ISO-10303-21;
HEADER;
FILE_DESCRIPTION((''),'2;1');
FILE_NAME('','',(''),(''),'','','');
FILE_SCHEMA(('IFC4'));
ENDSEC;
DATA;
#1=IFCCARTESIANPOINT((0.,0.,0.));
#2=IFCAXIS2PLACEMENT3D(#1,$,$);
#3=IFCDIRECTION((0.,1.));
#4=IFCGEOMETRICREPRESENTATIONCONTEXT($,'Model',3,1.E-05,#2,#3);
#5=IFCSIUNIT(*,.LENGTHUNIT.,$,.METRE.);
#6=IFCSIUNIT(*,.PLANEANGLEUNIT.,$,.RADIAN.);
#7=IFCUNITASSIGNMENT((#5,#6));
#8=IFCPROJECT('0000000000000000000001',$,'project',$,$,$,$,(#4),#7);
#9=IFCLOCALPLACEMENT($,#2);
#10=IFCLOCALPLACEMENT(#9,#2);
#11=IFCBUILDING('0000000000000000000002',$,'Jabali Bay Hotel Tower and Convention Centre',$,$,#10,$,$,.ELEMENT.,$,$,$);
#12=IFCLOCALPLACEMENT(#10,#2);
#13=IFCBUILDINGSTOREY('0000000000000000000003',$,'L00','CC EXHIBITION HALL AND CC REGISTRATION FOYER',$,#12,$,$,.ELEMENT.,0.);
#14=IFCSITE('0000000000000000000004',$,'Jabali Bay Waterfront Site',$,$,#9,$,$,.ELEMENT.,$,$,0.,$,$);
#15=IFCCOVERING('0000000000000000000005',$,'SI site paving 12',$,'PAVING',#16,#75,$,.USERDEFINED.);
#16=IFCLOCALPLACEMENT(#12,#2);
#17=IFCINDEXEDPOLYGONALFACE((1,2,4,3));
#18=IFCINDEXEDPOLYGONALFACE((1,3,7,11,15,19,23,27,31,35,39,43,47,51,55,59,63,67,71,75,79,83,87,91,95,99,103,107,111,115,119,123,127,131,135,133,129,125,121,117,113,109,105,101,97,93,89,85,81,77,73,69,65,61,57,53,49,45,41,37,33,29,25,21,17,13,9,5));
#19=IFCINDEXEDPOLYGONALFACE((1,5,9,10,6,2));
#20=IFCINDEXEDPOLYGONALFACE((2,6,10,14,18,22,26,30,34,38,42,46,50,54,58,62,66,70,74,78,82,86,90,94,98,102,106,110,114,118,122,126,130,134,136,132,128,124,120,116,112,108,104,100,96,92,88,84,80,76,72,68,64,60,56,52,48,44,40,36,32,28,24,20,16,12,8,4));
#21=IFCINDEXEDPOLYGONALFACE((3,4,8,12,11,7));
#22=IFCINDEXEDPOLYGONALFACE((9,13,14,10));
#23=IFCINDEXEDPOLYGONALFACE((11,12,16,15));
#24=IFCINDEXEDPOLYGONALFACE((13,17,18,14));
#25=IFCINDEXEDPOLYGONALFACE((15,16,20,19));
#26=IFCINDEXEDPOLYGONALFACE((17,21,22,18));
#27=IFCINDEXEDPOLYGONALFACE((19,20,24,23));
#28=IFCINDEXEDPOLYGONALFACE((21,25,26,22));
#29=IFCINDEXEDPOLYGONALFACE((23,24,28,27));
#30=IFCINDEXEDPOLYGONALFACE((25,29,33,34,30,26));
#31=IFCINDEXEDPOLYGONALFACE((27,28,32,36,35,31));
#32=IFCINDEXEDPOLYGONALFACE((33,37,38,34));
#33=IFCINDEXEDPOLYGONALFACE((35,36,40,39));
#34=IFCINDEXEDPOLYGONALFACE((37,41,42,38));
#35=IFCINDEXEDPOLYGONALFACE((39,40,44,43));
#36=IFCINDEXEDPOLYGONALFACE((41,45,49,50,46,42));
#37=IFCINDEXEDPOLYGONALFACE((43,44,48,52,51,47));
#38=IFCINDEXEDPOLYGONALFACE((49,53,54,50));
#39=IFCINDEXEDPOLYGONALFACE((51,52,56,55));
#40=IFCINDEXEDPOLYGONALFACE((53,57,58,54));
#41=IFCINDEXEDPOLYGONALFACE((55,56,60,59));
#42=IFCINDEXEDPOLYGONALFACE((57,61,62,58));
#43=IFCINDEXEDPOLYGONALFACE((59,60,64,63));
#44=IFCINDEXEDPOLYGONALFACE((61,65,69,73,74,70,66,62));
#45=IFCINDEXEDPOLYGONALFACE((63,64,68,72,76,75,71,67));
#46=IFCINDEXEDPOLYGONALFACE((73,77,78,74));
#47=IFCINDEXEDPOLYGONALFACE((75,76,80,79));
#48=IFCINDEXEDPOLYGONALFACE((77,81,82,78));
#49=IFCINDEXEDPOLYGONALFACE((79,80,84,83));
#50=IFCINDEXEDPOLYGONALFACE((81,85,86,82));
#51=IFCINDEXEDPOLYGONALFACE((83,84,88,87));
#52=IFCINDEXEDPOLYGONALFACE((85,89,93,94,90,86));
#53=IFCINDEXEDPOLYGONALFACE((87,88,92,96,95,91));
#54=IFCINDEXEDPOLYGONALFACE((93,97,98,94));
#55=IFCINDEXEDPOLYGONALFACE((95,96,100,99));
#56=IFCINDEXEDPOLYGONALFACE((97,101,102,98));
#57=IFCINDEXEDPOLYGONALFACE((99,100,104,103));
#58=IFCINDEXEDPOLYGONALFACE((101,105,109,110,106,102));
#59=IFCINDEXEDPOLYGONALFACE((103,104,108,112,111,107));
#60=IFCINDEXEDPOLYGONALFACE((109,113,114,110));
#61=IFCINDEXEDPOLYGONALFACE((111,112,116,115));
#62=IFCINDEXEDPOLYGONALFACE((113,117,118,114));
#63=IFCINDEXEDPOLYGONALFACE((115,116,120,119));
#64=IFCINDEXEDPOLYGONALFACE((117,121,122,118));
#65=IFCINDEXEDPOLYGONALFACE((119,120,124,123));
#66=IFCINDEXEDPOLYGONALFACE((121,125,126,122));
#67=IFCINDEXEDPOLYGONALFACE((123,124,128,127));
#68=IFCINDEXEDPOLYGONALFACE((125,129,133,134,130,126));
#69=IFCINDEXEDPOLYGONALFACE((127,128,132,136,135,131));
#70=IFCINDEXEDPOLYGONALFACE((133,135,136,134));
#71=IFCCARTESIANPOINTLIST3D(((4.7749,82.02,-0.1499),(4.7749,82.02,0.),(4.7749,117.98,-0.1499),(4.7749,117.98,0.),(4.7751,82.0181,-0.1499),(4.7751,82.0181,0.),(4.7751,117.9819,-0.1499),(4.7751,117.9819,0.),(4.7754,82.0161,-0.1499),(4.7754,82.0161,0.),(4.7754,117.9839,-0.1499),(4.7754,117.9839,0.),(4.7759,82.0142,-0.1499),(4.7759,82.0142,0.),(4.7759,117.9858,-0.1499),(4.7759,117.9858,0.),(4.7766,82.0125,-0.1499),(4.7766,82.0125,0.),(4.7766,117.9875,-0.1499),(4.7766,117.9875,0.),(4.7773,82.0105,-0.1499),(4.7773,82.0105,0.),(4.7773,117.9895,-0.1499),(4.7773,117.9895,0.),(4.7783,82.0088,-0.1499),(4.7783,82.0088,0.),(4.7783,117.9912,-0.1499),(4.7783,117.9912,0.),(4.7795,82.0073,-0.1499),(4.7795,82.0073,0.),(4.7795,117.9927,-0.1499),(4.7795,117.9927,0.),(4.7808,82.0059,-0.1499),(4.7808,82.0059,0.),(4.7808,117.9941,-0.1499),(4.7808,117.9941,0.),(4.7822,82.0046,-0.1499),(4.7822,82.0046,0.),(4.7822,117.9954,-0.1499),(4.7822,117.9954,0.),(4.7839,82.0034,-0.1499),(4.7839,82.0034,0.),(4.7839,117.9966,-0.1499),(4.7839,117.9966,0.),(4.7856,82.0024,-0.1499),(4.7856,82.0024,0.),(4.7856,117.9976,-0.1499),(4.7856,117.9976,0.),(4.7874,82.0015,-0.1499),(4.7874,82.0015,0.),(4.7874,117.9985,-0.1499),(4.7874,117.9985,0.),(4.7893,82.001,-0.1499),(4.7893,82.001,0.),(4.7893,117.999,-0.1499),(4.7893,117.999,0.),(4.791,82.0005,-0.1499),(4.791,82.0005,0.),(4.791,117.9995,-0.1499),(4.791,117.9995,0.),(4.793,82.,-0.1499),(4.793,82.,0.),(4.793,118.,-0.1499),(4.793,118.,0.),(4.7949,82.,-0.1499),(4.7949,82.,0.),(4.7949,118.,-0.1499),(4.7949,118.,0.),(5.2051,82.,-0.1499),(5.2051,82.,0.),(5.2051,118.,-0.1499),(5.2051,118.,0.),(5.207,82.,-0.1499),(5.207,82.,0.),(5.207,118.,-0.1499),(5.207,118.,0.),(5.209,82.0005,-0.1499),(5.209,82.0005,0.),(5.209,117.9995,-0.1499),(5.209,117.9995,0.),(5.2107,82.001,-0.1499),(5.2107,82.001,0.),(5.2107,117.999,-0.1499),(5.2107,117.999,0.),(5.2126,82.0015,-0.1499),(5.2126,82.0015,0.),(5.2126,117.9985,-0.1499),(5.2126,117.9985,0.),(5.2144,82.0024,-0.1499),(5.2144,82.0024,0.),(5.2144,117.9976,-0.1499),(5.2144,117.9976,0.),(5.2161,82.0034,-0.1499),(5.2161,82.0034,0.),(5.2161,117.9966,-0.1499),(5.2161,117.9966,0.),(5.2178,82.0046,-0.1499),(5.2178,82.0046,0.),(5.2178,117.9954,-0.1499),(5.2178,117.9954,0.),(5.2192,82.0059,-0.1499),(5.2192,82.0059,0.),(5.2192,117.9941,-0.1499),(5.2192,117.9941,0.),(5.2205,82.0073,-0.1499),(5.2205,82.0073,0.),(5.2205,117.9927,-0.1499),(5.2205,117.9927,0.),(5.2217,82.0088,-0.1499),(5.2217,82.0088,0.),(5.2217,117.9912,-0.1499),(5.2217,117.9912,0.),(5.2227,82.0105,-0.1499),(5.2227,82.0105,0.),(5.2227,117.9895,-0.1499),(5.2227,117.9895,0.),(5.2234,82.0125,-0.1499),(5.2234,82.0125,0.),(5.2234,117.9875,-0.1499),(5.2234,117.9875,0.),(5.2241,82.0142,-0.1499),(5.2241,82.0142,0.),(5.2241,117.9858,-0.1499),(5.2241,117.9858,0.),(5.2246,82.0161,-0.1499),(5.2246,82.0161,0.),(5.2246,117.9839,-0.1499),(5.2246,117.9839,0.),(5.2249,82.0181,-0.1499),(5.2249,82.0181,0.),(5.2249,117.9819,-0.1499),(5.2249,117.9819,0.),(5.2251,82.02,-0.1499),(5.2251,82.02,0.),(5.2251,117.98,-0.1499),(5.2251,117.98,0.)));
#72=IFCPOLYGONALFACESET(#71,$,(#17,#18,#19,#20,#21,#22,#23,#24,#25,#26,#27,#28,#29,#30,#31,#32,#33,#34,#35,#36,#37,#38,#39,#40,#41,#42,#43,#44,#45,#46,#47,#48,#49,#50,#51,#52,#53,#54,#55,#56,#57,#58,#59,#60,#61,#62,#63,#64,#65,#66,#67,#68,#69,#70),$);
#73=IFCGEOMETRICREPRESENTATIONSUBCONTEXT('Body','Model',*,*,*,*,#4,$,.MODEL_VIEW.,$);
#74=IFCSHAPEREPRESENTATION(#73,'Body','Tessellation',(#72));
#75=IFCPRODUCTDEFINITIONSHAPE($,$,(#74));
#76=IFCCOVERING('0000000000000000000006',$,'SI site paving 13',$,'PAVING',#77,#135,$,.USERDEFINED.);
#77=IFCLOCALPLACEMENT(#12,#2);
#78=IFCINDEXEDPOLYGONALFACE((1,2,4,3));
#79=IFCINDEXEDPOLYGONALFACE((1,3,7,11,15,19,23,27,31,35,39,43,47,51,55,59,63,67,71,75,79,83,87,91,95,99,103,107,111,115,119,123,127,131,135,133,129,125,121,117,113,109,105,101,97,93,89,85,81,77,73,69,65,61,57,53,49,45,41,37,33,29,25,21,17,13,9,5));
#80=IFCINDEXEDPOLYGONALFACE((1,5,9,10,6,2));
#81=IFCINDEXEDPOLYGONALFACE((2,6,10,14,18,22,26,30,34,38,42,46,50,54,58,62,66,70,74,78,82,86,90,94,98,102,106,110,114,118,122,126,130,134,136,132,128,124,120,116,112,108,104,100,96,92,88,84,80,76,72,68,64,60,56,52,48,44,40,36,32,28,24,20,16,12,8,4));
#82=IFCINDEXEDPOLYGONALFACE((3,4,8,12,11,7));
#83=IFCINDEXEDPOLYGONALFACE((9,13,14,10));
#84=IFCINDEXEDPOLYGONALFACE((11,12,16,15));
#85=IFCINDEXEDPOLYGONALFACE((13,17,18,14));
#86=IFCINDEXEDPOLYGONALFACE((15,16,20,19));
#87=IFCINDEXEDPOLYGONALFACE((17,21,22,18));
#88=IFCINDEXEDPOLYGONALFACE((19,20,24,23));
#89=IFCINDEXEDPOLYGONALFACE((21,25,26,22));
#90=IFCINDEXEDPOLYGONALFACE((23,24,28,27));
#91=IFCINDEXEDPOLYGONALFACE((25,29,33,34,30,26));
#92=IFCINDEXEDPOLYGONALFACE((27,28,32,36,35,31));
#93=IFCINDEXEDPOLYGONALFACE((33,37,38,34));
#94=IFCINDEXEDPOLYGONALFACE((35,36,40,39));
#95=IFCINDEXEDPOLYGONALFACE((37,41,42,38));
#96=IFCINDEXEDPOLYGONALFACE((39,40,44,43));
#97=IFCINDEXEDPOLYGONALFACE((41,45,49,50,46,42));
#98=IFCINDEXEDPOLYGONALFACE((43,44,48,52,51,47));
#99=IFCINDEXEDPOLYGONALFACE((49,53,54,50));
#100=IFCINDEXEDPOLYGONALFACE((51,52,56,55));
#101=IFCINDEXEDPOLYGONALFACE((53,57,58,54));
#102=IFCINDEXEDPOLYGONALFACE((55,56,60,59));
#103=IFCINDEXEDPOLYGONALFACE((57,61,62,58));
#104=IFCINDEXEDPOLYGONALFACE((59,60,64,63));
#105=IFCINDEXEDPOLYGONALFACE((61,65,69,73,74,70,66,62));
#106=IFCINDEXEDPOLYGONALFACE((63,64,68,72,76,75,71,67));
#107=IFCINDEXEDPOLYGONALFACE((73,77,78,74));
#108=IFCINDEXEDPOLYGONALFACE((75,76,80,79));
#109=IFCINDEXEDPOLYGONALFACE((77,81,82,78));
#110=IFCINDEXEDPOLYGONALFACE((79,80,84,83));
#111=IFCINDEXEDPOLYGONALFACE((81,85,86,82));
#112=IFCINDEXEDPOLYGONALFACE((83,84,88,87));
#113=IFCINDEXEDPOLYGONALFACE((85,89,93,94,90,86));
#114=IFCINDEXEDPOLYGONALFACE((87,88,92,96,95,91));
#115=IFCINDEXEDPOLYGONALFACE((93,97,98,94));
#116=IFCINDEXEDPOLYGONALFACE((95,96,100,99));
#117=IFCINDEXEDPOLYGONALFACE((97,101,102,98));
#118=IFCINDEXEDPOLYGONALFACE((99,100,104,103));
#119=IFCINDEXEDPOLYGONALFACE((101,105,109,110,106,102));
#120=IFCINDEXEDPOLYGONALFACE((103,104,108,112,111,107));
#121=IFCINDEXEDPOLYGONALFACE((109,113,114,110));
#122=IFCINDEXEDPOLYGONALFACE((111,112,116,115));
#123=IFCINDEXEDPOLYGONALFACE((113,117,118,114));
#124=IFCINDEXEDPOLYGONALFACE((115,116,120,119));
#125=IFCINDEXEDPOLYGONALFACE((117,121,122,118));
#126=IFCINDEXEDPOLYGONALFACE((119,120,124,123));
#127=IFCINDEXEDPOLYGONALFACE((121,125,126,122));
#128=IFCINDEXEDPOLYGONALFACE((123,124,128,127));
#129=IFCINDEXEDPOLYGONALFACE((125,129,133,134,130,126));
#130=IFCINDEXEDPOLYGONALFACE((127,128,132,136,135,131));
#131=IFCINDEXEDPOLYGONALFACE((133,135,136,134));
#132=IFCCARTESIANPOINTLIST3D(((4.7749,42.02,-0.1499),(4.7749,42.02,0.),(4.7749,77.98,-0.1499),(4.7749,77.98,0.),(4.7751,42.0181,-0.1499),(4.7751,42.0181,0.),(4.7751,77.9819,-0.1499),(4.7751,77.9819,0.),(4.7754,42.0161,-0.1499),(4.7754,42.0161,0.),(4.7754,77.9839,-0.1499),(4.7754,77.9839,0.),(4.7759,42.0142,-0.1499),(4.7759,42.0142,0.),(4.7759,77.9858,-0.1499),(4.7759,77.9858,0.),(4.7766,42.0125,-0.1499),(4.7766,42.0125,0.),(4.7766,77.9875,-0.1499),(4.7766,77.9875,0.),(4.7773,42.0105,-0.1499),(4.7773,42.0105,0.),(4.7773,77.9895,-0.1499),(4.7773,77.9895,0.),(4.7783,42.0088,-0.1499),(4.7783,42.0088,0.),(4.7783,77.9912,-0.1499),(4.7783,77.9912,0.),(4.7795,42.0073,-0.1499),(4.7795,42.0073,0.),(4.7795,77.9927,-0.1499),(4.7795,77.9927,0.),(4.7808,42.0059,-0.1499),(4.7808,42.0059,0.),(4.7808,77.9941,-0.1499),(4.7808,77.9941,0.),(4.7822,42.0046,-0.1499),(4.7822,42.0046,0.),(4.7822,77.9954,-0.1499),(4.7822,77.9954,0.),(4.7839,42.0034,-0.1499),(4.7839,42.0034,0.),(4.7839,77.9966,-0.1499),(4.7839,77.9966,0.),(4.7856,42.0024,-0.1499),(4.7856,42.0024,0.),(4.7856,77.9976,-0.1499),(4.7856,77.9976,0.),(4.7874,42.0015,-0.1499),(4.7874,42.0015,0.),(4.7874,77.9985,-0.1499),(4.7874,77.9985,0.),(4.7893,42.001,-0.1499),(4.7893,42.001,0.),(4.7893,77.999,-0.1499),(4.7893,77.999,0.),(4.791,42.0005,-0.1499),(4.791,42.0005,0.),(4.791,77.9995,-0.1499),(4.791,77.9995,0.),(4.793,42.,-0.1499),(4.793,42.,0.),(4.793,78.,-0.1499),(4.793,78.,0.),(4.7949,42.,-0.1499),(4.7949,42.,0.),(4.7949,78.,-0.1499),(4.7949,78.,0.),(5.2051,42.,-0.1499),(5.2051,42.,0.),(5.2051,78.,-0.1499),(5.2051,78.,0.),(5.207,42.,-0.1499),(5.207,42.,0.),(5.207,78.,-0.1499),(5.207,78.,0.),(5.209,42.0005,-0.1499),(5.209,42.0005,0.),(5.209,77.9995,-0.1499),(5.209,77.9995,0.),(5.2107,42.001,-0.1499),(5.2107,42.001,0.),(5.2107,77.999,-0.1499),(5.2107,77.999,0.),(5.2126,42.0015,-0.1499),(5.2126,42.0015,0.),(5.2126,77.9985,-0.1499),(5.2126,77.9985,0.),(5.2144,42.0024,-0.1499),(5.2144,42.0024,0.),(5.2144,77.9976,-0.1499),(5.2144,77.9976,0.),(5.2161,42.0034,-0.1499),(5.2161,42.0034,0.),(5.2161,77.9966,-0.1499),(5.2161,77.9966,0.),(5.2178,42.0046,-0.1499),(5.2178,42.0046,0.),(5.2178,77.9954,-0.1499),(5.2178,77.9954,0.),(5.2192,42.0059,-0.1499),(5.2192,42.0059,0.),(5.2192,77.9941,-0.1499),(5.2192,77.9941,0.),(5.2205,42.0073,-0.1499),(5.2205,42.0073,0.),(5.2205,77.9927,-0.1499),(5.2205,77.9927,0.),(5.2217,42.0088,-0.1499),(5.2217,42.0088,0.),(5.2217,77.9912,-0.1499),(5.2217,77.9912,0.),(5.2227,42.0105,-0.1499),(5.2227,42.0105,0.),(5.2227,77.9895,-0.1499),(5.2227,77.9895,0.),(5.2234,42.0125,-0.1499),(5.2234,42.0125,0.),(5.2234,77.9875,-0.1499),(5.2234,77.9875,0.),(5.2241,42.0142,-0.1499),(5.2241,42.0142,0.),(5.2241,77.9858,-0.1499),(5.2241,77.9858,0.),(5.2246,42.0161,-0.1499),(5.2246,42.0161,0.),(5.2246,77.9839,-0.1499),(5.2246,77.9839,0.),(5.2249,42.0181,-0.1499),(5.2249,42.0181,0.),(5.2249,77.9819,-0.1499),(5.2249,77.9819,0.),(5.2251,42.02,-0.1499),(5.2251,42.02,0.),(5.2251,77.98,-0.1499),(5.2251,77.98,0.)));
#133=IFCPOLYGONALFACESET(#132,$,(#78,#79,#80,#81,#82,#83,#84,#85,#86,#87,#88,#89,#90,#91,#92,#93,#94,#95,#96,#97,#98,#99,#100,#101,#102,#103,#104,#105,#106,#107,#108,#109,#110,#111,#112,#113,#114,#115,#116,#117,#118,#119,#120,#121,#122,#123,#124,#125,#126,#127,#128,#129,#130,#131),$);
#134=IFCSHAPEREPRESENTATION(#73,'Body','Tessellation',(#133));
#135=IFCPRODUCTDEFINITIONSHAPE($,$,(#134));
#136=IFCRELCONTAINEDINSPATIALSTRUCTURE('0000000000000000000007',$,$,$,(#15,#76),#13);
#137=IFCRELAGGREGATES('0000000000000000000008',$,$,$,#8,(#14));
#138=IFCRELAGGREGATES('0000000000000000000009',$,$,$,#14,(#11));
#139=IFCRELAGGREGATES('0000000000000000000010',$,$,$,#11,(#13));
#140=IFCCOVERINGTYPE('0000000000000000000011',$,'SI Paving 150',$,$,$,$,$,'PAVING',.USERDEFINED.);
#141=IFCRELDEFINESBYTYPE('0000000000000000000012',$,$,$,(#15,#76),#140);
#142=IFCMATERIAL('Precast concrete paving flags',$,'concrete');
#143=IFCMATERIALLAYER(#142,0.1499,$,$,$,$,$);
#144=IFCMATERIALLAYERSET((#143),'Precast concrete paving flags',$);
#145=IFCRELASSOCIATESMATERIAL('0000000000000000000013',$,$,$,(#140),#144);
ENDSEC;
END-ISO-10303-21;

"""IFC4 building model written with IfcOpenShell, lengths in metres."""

from ifc_helpers import new_model, si_unit, direction, frame, origin, place, context, subcontext, project, spatial, polyline, outline, extrude, material, layer, layer_set, type_object, element, save


model = new_model("IFC4")

# Units and contexts
model_context = context("Model", 3, precision=1e-05, world=origin(), true_north=direction((0.0, 1.0)))
body_context = subcontext(model_context, "Body", "Model", "MODEL_VIEW")
ifc_project = project(units=[si_unit("LENGTHUNIT", "METRE"), si_unit("PLANEANGLEUNIT", "RADIAN")], contexts=[model_context])

# Site, building, storey
site_placement = place(None, origin())
site = spatial("IfcSite", under=ifc_project, at=site_placement, Name="Jabali Bay Waterfront Site", CompositionType="ELEMENT", RefElevation=0.0)
building_placement = place(site_placement, origin())
building = spatial("IfcBuilding", under=site, at=building_placement, Name="Jabali Bay Hotel Tower and Convention Centre", CompositionType="ELEMENT")
storey_placement = place(building_placement, origin())
storey = spatial("IfcBuildingStorey", under=building, at=storey_placement, Name="L00", Description="CC EXHIBITION HALL AND CC REGISTRATION FOYER", CompositionType="ELEMENT", Elevation=0.0)

# Coverings
ifc_material_1 = material(Name="Precast concrete paving flags", Category="concrete")
ifc_layer_1 = layer(ifc_material_1, 0.1499)
ifc_layer_set_1 = layer_set([ifc_layer_1], Name="Precast concrete paving flags")
covering_type = type_object("IfcCoveringType", Name="SI Paving 150", ElementType="PAVING", PredefinedType="USERDEFINED", material=ifc_layer_set_1)
covering_1_placement = place(storey_placement, frame((0.0, 0.0, -0.1499)))
element("IfcCovering", 1, at=covering_1_placement, inside=storey, type_object=covering_type, Name="SI site paving 12", ObjectType="PAVING", PredefinedType="USERDEFINED", context=body_context, shape_type="SweptSolid", body=[
    extrude(outline(polyline([(5.2249, 82.0181), (5.2251, 82.02), (5.2251, 117.98), (5.2249, 117.9819), (5.2246, 117.9839), (5.2241, 117.9858), (5.2234, 117.9875), (5.2227, 117.9895), (5.2217, 117.9912), (5.2205, 117.9927), (5.2192, 117.9941), (5.2178, 117.9954), (5.2161, 117.9966), (5.2144, 117.9976), (5.2126, 117.9985), (5.2107, 117.999), (5.209, 117.9995), (5.207, 118.0), (5.2051, 118.0), (4.7949, 118.0), (4.793, 118.0), (4.791, 117.9995), (4.7893, 117.999), (4.7874, 117.9985), (4.7856, 117.9976), (4.7839, 117.9966), (4.7822, 117.9954), (4.7808, 117.9941), (4.7795, 117.9927), (4.7783, 117.9912), (4.7773, 117.9895), (4.7766, 117.9875), (4.7759, 117.9858), (4.7754, 117.9839), (4.7751, 117.9819), (4.7749, 117.98), (4.7749, 82.02), (4.7751, 82.0181), (4.7754, 82.0161), (4.7759, 82.0142), (4.7766, 82.0125), (4.7773, 82.0105), (4.7783, 82.0088), (4.7795, 82.0073), (4.7808, 82.0059), (4.7822, 82.0046), (4.7839, 82.0034), (4.7856, 82.0024), (4.7874, 82.0015), (4.7893, 82.001), (4.791, 82.0005), (4.793, 82.0), (4.7949, 82.0), (5.2051, 82.0), (5.207, 82.0), (5.209, 82.0005), (5.2107, 82.001), (5.2126, 82.0015), (5.2144, 82.0024), (5.2161, 82.0034), (5.2178, 82.0046), (5.2192, 82.0059), (5.2205, 82.0073), (5.2217, 82.0088), (5.2227, 82.0105), (5.2234, 82.0125), (5.2241, 82.0142), (5.2246, 82.0161), (5.2249, 82.0181)])), origin(), (0.0, 0.0, 1.0), 0.1499),
])
covering_2_placement = place(storey_placement, frame((0.0, 0.0, -0.1499)))
element("IfcCovering", 2, at=covering_2_placement, inside=storey, type_object=covering_type, Name="SI site paving 13", ObjectType="PAVING", PredefinedType="USERDEFINED", context=body_context, shape_type="SweptSolid", body=[
    extrude(outline(polyline([(5.2249, 42.0181), (5.2251, 42.02), (5.2251, 77.98), (5.2249, 77.9819), (5.2246, 77.9839), (5.2241, 77.9858), (5.2234, 77.9875), (5.2227, 77.9895), (5.2217, 77.9912), (5.2205, 77.9927), (5.2192, 77.9941), (5.2178, 77.9954), (5.2161, 77.9966), (5.2144, 77.9976), (5.2126, 77.9985), (5.2107, 77.999), (5.209, 77.9995), (5.207, 78.0), (5.2051, 78.0), (4.7949, 78.0), (4.793, 78.0), (4.791, 77.9995), (4.7893, 77.999), (4.7874, 77.9985), (4.7856, 77.9976), (4.7839, 77.9966), (4.7822, 77.9954), (4.7808, 77.9941), (4.7795, 77.9927), (4.7783, 77.9912), (4.7773, 77.9895), (4.7766, 77.9875), (4.7759, 77.9858), (4.7754, 77.9839), (4.7751, 77.9819), (4.7749, 77.98), (4.7749, 42.02), (4.7751, 42.0181), (4.7754, 42.0161), (4.7759, 42.0142), (4.7766, 42.0125), (4.7773, 42.0105), (4.7783, 42.0088), (4.7795, 42.0073), (4.7808, 42.0059), (4.7822, 42.0046), (4.7839, 42.0034), (4.7856, 42.0024), (4.7874, 42.0015), (4.7893, 42.001), (4.791, 42.0005), (4.793, 42.0), (4.7949, 42.0), (5.2051, 42.0), (5.207, 42.0), (5.209, 42.0005), (5.2107, 42.001), (5.2126, 42.0015), (5.2144, 42.0024), (5.2161, 42.0034), (5.2178, 42.0046), (5.2192, 42.0059), (5.2205, 42.0073), (5.2217, 42.0088), (5.2227, 42.0105), (5.2234, 42.0125), (5.2241, 42.0142), (5.2246, 42.0161), (5.2249, 42.0181)])), origin(), (0.0, 0.0, 1.0), 0.1499),
])

save(model, "model.ifc")
